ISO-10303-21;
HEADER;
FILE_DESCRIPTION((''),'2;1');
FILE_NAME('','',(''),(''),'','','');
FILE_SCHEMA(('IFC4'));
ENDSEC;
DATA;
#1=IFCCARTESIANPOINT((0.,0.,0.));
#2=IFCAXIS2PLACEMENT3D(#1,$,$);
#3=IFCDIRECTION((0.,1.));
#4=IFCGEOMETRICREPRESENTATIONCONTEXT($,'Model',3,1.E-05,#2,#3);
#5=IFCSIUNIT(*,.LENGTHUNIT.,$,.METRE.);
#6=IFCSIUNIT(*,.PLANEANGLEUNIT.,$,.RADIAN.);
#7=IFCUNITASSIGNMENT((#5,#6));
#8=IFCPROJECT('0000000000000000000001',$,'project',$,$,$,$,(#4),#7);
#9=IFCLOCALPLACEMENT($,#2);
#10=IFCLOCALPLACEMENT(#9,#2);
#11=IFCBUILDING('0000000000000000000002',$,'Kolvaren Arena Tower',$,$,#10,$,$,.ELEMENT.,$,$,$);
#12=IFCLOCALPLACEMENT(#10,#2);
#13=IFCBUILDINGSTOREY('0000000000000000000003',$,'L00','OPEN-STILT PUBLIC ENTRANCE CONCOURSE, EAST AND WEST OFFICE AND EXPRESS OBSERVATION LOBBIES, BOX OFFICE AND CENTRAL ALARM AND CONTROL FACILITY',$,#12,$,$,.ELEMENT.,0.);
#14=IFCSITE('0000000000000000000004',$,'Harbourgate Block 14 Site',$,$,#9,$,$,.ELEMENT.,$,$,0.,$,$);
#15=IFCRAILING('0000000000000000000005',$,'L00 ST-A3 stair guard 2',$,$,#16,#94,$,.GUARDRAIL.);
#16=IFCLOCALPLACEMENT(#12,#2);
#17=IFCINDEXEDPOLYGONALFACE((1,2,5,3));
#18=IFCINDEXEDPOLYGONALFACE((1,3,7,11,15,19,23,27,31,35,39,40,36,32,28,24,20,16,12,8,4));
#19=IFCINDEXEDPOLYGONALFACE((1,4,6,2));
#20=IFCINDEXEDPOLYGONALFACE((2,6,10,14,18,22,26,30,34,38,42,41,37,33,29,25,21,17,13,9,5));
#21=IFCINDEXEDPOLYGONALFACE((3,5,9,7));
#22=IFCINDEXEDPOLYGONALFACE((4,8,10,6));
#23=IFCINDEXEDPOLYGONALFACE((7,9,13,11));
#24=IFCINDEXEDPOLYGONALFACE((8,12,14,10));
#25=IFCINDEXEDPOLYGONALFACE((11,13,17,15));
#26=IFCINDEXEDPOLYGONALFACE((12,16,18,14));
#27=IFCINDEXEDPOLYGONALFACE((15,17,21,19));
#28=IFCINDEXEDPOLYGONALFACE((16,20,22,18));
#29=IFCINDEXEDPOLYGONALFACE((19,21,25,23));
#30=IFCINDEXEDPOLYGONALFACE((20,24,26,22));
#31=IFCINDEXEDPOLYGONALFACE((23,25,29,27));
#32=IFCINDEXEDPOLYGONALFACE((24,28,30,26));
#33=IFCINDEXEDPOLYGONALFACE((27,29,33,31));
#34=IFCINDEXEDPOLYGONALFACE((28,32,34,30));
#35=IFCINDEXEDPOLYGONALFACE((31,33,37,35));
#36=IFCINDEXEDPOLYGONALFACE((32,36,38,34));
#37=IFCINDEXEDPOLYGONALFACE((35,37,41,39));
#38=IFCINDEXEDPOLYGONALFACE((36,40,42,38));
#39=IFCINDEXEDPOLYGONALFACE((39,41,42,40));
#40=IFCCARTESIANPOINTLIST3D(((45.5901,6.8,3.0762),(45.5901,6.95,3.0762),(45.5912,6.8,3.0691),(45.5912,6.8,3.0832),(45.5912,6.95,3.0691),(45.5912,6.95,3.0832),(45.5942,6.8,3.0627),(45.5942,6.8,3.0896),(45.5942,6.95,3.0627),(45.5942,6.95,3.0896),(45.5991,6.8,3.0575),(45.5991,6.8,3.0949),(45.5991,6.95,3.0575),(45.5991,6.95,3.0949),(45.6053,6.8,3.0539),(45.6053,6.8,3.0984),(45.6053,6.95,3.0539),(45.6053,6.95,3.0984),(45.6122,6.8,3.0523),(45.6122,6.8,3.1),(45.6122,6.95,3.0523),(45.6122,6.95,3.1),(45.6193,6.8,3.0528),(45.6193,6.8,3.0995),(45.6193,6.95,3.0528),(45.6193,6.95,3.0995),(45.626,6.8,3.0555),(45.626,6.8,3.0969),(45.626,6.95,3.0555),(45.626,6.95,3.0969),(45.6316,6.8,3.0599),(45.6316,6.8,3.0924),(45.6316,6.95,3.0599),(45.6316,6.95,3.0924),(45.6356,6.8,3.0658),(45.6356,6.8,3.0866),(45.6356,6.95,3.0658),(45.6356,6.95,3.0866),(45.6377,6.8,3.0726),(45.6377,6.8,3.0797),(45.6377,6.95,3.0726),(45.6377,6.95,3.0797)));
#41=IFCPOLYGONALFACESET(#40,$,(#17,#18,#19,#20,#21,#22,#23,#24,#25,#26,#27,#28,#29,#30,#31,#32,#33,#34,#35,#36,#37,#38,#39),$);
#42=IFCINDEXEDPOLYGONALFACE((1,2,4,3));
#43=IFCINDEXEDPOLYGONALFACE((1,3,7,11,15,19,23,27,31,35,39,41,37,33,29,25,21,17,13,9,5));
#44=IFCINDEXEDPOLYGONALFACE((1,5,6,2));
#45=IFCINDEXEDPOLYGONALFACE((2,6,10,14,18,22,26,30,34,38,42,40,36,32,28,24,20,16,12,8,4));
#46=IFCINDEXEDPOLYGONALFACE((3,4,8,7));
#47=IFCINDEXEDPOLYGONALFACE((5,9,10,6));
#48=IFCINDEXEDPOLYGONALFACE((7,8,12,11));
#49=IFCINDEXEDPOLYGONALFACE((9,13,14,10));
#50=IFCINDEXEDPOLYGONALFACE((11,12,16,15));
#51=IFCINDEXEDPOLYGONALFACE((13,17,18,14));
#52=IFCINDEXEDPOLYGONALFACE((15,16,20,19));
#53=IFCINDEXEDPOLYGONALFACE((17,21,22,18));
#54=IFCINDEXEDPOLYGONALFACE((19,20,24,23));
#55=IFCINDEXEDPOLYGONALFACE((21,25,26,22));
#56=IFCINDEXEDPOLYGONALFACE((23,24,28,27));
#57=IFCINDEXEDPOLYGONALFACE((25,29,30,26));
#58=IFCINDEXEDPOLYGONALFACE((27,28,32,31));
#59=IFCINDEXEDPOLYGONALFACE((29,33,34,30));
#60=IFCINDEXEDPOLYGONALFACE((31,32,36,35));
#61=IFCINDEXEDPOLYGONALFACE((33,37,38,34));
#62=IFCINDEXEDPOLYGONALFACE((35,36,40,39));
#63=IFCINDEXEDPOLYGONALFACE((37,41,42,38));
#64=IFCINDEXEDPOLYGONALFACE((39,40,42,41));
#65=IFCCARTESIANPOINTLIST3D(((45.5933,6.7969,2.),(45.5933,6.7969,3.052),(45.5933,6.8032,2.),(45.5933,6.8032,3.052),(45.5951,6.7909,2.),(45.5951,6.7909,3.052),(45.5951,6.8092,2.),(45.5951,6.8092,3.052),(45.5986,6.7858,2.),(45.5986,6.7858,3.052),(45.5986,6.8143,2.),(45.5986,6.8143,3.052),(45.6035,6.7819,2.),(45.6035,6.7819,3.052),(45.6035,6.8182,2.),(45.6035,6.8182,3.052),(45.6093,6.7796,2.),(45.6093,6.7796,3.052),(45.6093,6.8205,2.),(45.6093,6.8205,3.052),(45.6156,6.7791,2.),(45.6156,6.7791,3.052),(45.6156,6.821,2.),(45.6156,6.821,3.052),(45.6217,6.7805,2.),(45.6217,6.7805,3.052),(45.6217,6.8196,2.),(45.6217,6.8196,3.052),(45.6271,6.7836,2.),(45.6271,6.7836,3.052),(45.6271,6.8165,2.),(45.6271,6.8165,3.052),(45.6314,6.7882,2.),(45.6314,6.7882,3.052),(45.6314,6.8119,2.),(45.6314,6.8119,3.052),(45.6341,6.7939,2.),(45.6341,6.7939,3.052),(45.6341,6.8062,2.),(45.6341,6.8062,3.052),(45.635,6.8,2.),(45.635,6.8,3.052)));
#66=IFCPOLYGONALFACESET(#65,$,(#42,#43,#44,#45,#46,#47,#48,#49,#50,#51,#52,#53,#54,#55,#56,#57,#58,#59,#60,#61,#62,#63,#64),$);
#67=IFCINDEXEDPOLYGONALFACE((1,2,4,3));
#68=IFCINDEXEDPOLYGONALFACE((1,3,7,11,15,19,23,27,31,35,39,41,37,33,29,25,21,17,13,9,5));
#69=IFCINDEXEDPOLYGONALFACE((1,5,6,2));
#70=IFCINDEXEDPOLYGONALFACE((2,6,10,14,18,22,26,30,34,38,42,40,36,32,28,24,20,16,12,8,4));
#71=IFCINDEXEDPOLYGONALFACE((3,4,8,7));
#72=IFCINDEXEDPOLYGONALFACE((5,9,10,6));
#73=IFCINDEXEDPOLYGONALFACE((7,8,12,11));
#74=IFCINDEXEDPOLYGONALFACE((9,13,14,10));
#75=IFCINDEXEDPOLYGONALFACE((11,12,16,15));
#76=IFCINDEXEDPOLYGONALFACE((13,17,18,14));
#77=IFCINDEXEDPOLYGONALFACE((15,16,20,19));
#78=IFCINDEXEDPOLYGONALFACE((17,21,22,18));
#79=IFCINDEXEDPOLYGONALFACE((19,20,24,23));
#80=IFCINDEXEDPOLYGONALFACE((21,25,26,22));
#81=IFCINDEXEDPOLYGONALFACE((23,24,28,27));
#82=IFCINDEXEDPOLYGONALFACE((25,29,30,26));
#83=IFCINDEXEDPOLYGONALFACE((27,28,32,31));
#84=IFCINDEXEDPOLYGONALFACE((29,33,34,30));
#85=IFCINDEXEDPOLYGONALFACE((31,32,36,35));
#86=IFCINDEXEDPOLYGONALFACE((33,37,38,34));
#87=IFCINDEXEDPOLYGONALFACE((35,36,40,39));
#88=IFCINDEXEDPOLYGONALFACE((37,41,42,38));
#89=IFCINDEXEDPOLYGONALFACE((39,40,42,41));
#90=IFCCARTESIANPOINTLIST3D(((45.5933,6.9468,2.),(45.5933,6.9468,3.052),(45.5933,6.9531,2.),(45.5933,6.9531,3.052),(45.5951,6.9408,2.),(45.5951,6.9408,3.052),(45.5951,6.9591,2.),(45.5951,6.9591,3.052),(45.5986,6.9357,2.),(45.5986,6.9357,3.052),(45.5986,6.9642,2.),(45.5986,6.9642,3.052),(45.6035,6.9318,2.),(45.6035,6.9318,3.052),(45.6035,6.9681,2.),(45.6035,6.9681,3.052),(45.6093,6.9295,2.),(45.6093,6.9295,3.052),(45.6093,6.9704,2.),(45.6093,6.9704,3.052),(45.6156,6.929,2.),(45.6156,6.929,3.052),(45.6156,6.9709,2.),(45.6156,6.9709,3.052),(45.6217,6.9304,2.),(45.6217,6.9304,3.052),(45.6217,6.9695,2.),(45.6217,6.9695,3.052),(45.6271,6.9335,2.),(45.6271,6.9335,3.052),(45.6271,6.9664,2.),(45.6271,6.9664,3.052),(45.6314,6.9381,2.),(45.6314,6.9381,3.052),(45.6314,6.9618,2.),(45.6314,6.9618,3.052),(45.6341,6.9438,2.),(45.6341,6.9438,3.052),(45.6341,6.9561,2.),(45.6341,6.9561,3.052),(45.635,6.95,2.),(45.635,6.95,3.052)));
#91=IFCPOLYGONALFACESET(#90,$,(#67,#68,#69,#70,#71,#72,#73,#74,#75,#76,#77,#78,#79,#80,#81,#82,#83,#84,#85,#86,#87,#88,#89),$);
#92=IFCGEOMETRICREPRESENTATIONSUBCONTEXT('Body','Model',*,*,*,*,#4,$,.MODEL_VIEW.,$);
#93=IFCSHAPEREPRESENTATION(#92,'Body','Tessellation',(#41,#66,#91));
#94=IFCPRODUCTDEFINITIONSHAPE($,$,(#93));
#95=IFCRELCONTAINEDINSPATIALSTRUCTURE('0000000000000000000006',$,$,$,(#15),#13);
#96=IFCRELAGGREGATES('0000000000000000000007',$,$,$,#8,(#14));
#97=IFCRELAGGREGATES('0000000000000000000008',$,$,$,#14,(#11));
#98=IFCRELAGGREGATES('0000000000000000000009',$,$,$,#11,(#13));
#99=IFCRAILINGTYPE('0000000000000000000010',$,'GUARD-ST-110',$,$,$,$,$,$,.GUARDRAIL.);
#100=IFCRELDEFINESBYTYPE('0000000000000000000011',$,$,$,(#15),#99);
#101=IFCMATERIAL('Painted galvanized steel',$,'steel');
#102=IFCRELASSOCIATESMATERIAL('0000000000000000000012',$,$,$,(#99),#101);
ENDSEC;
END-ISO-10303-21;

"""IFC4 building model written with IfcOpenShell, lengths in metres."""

from ifc_helpers import new_model, si_unit, direction, frame, origin, origin_2d, place, context, subcontext, project, spatial, circle, extrude, material, type_object, element, save


model = new_model("IFC4")

# Units and contexts
model_context = context("Model", 3, precision=1e-05, world=origin(), true_north=direction((0.0, 1.0)))
body_context = subcontext(model_context, "Body", "Model", "MODEL_VIEW")
ifc_project = project(units=[si_unit("LENGTHUNIT", "METRE"), si_unit("PLANEANGLEUNIT", "RADIAN")], contexts=[model_context])

# Site, building, storey
site_placement = place(None, origin())
site = spatial("IfcSite", under=ifc_project, at=site_placement, Name="Harbourgate Block 14 Site", CompositionType="ELEMENT", RefElevation=0.0)
building_placement = place(site_placement, origin())
building = spatial("IfcBuilding", under=site, at=building_placement, Name="Kolvaren Arena Tower", CompositionType="ELEMENT")
storey_placement = place(building_placement, origin())
storey = spatial("IfcBuildingStorey", under=building, at=storey_placement, Name="L00", Description="OPEN-STILT PUBLIC ENTRANCE CONCOURSE, EAST AND WEST OFFICE AND EXPRESS OBSERVATION LOBBIES, BOX OFFICE AND CENTRAL ALARM AND CONTROL FACILITY", CompositionType="ELEMENT", Elevation=0.0)

# Railing
ifc_material_1 = material(Name="Painted galvanized steel", Category="steel")
railing_type_1 = type_object("IfcRailingType", Name="GUARD-ST-110", PredefinedType="GUARDRAIL", material=ifc_material_1)
railing_1_placement = place(storey_placement, frame((45.614, 6.8, 2.0)))
element("IfcRailing", 1, at=railing_1_placement, inside=storey, type_object=railing_type_1, Name="L00 ST-A3 stair guard 2", PredefinedType="GUARDRAIL", context=body_context, shape_type="SweptSolid", body=[
    extrude(circle(Radius=0.0239, at=origin_2d()), frame((0.0, 0.0, 1.0762), z_axis=(0.0, 1.0, 0.0), x_axis=(-1.0, 0.0, 0.0)), (0.0, 0.0, 1.0), 0.1499),
    extrude(circle(Radius=0.021, at=origin_2d()), origin(), (0.0, 0.0, 1.0), 1.052),
    extrude(circle(Radius=0.021, at=origin_2d()), frame((0.0, 0.1499, 0.0)), (0.0, 0.0, 1.0), 1.052),
])

save(model, "model.ifc")
